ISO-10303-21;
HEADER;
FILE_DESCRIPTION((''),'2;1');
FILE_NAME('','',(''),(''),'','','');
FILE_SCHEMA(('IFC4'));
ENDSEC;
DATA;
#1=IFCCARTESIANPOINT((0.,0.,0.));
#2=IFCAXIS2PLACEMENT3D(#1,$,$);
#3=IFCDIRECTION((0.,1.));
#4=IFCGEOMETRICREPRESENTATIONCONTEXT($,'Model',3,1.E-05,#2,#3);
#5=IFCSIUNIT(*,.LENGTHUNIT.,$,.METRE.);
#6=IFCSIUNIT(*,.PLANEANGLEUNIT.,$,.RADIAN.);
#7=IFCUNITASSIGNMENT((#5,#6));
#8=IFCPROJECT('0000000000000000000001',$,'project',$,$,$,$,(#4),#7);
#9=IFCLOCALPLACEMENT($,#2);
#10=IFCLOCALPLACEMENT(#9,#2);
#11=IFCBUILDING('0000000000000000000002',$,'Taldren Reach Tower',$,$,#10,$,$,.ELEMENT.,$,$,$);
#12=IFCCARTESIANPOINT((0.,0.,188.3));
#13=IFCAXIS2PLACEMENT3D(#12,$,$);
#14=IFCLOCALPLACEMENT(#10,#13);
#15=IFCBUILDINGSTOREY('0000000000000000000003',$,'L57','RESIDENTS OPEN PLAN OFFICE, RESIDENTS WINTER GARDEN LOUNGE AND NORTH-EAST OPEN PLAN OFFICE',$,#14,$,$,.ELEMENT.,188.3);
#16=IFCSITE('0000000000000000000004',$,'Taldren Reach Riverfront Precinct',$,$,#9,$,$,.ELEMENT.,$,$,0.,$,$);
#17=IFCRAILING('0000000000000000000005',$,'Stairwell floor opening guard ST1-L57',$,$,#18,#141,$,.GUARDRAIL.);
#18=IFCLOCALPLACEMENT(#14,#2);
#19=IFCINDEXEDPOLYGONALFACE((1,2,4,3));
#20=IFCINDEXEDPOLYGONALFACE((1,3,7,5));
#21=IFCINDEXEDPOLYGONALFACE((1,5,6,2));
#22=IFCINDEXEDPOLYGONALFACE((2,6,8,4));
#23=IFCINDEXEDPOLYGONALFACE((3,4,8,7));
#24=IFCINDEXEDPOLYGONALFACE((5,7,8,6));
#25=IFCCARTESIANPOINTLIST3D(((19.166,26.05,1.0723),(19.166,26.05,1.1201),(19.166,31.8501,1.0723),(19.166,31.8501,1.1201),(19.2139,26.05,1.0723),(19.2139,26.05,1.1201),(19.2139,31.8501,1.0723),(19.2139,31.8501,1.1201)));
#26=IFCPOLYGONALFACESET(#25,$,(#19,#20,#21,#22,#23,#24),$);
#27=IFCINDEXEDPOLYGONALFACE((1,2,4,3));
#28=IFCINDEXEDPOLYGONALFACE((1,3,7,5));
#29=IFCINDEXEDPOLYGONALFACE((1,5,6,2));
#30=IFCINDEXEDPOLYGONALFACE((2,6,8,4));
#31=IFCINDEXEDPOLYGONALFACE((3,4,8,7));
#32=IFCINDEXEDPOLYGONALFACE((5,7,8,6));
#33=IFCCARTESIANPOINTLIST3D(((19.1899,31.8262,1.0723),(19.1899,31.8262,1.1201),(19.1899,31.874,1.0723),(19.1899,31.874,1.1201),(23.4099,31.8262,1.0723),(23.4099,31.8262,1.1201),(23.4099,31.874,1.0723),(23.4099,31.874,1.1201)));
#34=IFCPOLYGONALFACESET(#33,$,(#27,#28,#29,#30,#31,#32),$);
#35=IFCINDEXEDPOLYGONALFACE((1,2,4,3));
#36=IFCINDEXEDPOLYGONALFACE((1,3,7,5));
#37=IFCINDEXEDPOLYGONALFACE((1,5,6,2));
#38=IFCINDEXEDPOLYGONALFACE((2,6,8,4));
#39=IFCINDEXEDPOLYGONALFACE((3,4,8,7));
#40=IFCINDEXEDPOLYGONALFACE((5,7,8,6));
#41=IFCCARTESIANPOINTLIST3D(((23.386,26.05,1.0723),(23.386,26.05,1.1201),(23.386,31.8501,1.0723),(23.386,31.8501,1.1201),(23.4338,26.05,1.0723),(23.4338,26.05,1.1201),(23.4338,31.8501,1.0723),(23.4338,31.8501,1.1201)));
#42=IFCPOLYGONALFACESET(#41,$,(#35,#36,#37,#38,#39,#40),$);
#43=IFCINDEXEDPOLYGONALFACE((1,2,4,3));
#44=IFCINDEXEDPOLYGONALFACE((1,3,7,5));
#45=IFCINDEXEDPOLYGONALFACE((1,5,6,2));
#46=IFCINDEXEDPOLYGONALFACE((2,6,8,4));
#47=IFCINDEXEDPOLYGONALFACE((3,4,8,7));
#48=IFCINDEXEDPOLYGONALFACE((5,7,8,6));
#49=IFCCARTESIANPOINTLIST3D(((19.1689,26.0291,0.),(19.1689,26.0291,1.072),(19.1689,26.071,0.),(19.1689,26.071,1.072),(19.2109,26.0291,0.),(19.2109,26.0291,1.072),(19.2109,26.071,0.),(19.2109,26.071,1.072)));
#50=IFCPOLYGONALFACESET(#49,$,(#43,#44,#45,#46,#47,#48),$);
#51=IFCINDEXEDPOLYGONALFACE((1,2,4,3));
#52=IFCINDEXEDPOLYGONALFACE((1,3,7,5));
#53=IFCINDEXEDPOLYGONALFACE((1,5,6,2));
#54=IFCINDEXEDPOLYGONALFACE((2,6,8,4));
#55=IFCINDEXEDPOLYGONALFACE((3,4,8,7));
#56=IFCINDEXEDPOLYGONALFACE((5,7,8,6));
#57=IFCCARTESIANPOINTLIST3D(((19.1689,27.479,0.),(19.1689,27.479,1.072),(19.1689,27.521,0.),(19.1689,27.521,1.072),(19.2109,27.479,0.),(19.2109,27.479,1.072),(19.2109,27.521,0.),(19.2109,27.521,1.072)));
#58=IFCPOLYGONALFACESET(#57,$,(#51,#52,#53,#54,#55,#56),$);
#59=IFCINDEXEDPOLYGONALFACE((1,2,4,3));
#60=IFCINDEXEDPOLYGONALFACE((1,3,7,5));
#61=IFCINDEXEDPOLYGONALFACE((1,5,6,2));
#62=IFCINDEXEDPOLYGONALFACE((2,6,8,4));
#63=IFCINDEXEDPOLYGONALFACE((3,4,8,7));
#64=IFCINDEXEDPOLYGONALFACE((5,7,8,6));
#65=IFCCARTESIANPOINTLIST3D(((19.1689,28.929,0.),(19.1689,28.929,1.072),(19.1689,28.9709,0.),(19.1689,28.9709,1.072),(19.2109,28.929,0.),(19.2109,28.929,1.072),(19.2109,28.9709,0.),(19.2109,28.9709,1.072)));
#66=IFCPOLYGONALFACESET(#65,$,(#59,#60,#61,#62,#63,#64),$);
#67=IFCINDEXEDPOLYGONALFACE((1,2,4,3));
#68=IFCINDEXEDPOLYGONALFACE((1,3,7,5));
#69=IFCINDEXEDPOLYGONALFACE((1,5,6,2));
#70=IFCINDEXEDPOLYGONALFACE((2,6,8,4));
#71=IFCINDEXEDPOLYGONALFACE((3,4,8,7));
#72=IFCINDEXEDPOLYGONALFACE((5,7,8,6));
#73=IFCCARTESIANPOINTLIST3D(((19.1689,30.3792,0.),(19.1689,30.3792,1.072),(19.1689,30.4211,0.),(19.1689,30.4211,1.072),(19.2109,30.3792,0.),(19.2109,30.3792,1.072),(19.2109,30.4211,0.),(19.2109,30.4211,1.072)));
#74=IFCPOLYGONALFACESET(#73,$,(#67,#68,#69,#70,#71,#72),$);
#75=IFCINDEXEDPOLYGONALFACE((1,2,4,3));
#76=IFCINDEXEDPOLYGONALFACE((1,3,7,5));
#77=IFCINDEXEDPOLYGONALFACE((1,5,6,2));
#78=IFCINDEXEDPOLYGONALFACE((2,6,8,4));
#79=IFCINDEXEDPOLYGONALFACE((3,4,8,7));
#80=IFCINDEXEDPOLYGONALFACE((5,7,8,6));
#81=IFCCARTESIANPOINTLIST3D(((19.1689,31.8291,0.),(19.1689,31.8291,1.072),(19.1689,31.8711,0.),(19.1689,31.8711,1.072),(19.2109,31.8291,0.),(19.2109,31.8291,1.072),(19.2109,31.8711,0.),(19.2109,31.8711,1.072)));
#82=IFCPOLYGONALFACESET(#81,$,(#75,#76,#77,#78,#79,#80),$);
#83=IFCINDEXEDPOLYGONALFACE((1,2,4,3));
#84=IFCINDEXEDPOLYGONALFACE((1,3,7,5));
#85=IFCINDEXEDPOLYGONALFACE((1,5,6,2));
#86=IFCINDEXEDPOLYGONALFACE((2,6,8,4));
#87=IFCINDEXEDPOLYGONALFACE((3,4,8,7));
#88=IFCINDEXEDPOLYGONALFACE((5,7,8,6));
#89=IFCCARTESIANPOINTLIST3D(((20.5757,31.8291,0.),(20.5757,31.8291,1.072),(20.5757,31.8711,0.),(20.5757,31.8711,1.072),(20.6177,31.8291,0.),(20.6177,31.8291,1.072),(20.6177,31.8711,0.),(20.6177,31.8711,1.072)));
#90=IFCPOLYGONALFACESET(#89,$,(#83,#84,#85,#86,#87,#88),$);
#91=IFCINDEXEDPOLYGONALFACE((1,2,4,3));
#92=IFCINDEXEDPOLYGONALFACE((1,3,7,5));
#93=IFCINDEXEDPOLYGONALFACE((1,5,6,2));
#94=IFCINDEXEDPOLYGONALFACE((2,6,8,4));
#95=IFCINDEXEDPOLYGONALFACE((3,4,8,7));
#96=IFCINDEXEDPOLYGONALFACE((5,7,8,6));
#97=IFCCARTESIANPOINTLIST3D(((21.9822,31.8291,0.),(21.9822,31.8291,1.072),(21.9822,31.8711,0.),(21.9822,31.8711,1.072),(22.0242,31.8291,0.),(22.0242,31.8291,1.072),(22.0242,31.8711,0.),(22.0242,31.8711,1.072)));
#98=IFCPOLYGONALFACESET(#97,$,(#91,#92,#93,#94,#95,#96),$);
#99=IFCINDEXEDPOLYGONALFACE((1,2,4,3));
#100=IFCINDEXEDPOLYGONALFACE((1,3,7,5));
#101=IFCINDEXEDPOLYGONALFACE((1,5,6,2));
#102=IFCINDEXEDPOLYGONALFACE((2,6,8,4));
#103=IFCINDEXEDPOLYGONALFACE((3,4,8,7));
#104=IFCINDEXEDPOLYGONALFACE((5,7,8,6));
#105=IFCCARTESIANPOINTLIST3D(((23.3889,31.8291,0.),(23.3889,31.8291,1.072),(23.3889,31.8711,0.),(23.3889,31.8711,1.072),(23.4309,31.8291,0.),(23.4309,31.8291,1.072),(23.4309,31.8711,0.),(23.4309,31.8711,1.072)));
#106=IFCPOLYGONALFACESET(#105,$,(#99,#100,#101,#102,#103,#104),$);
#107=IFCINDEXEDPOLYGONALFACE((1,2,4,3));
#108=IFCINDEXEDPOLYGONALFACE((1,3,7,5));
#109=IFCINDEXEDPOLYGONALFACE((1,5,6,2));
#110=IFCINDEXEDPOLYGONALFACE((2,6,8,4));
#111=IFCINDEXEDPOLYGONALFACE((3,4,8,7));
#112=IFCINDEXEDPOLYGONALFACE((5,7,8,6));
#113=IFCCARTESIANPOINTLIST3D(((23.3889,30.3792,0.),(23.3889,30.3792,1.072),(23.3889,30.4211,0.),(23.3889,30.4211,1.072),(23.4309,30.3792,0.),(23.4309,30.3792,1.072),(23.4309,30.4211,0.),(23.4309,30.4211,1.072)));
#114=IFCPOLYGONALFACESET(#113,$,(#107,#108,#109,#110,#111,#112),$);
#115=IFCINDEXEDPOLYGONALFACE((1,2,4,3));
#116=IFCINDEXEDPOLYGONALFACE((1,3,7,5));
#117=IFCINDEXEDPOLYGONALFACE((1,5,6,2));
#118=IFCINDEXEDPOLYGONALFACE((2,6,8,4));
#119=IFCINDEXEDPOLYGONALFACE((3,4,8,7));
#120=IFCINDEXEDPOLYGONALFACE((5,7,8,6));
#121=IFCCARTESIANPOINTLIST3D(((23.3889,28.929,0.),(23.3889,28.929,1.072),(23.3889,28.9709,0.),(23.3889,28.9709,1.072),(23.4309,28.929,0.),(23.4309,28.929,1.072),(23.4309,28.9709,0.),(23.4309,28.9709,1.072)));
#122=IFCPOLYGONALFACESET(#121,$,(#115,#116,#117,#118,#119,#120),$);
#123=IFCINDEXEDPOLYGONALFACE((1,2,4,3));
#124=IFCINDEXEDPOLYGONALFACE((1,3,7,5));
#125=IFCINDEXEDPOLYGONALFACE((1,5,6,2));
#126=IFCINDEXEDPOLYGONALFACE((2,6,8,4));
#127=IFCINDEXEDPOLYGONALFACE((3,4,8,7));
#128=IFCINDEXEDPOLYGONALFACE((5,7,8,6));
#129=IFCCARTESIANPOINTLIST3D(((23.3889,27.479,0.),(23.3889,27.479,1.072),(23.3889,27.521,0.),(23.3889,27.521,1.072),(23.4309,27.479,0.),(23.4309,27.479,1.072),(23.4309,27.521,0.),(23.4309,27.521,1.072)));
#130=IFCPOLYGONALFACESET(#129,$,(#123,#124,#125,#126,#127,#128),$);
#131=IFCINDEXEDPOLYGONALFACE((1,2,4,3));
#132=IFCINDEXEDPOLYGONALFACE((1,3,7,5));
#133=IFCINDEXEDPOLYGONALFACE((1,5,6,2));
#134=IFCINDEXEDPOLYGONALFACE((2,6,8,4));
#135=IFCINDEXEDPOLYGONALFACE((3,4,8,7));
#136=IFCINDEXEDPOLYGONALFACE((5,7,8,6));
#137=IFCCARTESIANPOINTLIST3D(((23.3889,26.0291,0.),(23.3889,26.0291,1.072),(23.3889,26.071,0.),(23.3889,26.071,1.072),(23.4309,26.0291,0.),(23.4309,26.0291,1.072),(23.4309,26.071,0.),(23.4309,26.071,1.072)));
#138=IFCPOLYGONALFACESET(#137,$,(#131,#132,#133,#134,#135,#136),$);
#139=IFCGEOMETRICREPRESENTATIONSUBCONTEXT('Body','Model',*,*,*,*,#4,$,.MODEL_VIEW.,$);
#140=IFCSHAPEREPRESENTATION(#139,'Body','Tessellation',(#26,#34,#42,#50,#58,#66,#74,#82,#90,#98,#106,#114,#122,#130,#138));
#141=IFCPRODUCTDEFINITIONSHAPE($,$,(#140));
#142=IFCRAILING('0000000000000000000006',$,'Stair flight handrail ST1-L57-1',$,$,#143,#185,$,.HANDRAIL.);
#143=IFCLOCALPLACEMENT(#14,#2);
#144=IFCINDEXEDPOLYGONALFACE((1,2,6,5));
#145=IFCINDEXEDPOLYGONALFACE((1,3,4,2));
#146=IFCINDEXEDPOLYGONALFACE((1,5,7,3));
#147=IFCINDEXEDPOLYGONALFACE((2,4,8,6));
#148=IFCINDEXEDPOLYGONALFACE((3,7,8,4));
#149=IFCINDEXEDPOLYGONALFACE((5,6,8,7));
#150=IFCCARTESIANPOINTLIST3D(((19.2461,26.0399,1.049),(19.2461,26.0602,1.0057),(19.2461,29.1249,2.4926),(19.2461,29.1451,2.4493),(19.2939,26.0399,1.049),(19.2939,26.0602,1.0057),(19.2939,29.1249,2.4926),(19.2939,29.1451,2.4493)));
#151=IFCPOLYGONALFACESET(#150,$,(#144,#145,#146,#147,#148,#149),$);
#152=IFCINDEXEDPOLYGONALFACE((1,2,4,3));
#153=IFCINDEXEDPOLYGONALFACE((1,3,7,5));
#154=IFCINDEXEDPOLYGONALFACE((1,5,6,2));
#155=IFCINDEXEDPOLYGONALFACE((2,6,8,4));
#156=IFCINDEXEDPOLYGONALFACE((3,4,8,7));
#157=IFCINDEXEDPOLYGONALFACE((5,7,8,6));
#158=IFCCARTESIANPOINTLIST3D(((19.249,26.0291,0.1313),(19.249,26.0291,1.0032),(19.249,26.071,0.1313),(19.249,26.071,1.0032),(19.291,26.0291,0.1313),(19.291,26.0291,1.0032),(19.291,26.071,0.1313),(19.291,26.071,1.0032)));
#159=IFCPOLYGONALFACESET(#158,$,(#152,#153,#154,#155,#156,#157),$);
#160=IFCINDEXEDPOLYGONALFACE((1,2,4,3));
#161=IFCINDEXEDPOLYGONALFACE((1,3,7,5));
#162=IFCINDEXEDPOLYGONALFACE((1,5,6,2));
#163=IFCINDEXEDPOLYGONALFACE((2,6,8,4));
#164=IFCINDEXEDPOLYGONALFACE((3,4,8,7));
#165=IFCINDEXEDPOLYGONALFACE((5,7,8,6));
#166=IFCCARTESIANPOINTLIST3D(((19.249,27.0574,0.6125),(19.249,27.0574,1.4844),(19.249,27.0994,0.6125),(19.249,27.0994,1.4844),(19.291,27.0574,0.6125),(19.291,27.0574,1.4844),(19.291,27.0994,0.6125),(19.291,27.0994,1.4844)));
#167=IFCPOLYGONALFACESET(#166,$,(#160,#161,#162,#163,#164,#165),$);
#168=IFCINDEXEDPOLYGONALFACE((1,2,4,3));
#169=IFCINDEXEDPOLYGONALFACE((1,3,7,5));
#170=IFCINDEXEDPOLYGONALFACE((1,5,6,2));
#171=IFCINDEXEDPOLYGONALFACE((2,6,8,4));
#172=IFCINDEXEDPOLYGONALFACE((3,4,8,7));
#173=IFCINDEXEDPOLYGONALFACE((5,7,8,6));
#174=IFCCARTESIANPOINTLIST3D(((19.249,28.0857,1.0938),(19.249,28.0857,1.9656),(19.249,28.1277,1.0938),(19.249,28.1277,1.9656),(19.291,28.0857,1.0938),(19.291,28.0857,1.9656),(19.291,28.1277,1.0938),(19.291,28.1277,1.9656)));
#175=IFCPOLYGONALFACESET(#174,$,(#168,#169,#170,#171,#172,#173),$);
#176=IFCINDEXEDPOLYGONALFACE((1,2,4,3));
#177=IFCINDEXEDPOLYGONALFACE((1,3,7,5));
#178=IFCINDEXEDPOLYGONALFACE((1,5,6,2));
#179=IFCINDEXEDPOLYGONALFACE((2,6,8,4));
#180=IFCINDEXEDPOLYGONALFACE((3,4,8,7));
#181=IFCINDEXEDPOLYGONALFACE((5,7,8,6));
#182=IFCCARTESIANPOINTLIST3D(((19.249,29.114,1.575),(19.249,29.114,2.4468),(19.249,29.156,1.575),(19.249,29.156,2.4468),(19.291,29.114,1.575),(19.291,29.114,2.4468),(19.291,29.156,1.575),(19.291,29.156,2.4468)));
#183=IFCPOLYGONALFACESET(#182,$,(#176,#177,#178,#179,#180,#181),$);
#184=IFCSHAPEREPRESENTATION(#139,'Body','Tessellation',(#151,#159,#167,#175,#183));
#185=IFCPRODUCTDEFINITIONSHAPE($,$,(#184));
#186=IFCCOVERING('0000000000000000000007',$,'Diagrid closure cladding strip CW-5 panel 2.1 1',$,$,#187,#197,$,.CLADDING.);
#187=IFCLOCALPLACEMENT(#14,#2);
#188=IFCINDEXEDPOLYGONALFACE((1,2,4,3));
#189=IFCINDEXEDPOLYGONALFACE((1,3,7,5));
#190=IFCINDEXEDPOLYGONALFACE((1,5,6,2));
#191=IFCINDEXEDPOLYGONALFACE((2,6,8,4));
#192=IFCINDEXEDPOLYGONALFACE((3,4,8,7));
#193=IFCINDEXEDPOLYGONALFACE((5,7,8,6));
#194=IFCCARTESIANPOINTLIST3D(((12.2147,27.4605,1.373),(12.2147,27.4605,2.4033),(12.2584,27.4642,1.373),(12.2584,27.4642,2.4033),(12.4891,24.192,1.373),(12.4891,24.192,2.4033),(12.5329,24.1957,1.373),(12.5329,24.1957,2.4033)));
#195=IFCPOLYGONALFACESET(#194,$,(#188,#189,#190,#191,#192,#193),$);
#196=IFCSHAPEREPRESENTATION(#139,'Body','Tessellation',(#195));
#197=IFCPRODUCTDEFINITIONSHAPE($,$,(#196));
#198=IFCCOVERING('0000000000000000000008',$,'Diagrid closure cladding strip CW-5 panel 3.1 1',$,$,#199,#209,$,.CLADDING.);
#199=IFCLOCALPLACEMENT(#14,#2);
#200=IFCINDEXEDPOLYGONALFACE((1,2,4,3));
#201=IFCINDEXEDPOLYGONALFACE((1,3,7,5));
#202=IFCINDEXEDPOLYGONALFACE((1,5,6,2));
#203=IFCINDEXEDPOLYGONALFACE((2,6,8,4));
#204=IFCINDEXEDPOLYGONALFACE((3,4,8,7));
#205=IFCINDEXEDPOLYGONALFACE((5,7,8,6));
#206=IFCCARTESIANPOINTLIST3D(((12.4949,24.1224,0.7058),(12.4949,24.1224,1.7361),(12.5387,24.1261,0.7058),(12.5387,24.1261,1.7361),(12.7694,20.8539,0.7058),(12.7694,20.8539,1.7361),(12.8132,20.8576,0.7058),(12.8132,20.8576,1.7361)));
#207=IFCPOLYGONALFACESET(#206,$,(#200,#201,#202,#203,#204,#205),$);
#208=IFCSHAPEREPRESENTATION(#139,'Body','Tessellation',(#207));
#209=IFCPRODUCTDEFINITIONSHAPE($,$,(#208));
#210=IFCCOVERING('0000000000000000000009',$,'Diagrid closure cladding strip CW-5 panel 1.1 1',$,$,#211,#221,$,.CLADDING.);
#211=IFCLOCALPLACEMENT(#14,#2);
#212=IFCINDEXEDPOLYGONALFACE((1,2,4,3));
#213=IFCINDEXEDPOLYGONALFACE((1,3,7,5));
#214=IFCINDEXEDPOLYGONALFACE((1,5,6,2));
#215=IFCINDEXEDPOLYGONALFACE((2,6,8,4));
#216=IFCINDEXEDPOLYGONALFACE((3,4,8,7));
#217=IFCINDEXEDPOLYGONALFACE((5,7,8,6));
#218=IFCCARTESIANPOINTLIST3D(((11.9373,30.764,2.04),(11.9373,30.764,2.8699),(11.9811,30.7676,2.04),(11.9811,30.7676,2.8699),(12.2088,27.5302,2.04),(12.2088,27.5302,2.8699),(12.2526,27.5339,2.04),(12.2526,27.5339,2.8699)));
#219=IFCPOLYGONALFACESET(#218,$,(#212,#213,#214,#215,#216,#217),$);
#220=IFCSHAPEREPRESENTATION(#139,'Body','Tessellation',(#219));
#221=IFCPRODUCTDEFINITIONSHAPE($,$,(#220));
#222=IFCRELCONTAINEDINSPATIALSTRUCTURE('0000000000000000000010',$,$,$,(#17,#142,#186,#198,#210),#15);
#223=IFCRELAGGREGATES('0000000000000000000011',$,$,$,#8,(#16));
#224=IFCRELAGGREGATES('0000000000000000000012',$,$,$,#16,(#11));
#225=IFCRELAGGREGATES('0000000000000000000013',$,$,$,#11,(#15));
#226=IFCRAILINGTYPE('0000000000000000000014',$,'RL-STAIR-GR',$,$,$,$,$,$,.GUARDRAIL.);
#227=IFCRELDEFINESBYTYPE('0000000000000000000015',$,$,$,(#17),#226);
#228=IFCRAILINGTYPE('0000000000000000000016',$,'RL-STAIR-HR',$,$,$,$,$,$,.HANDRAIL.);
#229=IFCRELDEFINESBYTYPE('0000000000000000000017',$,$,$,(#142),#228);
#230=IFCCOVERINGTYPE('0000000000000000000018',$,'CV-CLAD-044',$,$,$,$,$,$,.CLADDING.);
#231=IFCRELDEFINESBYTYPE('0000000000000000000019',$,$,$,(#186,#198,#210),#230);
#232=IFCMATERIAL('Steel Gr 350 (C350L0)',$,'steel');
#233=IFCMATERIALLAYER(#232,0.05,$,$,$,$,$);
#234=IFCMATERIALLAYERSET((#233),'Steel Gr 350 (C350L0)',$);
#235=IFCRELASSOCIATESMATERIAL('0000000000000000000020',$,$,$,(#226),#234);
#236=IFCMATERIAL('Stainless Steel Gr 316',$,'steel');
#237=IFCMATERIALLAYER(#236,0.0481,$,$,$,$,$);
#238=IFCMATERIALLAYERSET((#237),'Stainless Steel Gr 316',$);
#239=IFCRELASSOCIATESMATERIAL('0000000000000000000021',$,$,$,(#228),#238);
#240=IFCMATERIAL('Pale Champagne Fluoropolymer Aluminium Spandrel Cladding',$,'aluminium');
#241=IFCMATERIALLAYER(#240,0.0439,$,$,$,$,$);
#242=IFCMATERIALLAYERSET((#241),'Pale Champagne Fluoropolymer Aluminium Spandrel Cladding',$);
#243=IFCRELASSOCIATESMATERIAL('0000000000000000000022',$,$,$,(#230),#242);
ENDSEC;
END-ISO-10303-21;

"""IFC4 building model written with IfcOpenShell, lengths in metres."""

from ifc_helpers import new_model, si_unit, direction, frame, origin, origin_2d, place, context, subcontext, project, spatial, rectangle, extrude, source, transform, mapped, material, layer, layer_set, type_object, element, save


model = new_model("IFC4")

# Units and contexts
model_context = context("Model", 3, precision=1e-05, world=origin(), true_north=direction((0.0, 1.0)))
body_context = subcontext(model_context, "Body", "Model", "MODEL_VIEW")
ifc_project = project(units=[si_unit("LENGTHUNIT", "METRE"), si_unit("PLANEANGLEUNIT", "RADIAN")], contexts=[model_context])

# Site, building, storey
site_placement = place(None, origin())
site = spatial("IfcSite", under=ifc_project, at=site_placement, Name="Taldren Reach Riverfront Precinct", CompositionType="ELEMENT", RefElevation=0.0)
building_placement = place(site_placement, origin())
building = spatial("IfcBuilding", under=site, at=building_placement, Name="Taldren Reach Tower", CompositionType="ELEMENT")
storey_placement = place(building_placement, frame((0.0, 0.0, 188.3)))
storey = spatial("IfcBuildingStorey", under=building, at=storey_placement, Name="L57", Description="RESIDENTS OPEN PLAN OFFICE, RESIDENTS WINTER GARDEN LOUNGE AND NORTH-EAST OPEN PLAN OFFICE", CompositionType="ELEMENT", Elevation=188.3)

# Shared definitions
ifc_material_1 = material(Name="Steel Gr 350 (C350L0)", Category="steel")

# Railings
ifc_layer_1 = layer(ifc_material_1, 0.05)
ifc_layer_set_1 = layer_set([ifc_layer_1], Name="Steel Gr 350 (C350L0)")
railing_type_1 = type_object("IfcRailingType", Name="RL-STAIR-GR", PredefinedType="GUARDRAIL", material=ifc_layer_set_1)
railing_1_placement = place(storey_placement, frame((19.1899, 26.05, 0.0)))
element("IfcRailing", 1, at=railing_1_placement, inside=storey, type_object=railing_type_1, Name="Stairwell floor opening guard ST1-L57", PredefinedType="GUARDRAIL", context=body_context, shape_type="SweptSolid", body=[
    extrude(rectangle(XDim=0.0479, YDim=0.0479, at=origin_2d()), frame((0.0, 0.0, 1.0962), z_axis=(0.0, 1.0, 0.0), x_axis=(-1.0, 0.0, 0.0)), (0.0, 0.0, 1.0), 5.8),
    extrude(rectangle(XDim=0.0479, YDim=0.0479, at=origin_2d()), frame((0.0, 5.8, 1.0962), z_axis=(1.0, 0.0, 0.0), x_axis=(0.0, 1.0, 0.0)), (0.0, 0.0, 1.0), 4.22),
    extrude(rectangle(XDim=0.0479, YDim=0.0479, at=origin_2d()), frame((4.22, 5.8, 1.0962), z_axis=(0.0, -1.0, 0.0), x_axis=(1.0, 0.0, 0.0)), (0.0, 0.0, 1.0), 5.8),
    extrude(rectangle(XDim=0.042, YDim=0.042, at=origin_2d()), origin(), (0.0, 0.0, 1.0), 1.072),
    extrude(rectangle(XDim=0.042, YDim=0.042, at=origin_2d()), frame((0.0, 1.45, 0.0)), (0.0, 0.0, 1.0), 1.072),
    extrude(rectangle(XDim=0.042, YDim=0.042, at=origin_2d()), frame((0.0, 2.8999, 0.0)), (0.0, 0.0, 1.0), 1.072),
    extrude(rectangle(XDim=0.042, YDim=0.042, at=origin_2d()), frame((0.0, 4.3501, 0.0)), (0.0, 0.0, 1.0), 1.072),
    extrude(rectangle(XDim=0.042, YDim=0.042, at=origin_2d()), frame((0.0, 5.8, 0.0)), (0.0, 0.0, 1.0), 1.072),
    extrude(rectangle(XDim=0.042, YDim=0.042, at=origin_2d()), frame((1.4067, 5.8, 0.0)), (0.0, 0.0, 1.0), 1.072),
    extrude(rectangle(XDim=0.042, YDim=0.042, at=origin_2d()), frame((2.8132, 5.8, 0.0)), (0.0, 0.0, 1.0), 1.072),
    extrude(rectangle(XDim=0.042, YDim=0.042, at=origin_2d()), frame((4.22, 5.8, 0.0)), (0.0, 0.0, 1.0), 1.072),
    extrude(rectangle(XDim=0.042, YDim=0.042, at=origin_2d()), frame((4.22, 4.3501, 0.0)), (0.0, 0.0, 1.0), 1.072),
    extrude(rectangle(XDim=0.042, YDim=0.042, at=origin_2d()), frame((4.22, 2.8999, 0.0)), (0.0, 0.0, 1.0), 1.072),
    extrude(rectangle(XDim=0.042, YDim=0.042, at=origin_2d()), frame((4.22, 1.45, 0.0)), (0.0, 0.0, 1.0), 1.072),
    extrude(rectangle(XDim=0.042, YDim=0.042, at=origin_2d()), frame((4.22, 0.0, 0.0)), (0.0, 0.0, 1.0), 1.072),
])
ifc_material_2 = material(Name="Stainless Steel Gr 316", Category="steel")
ifc_layer_2 = layer(ifc_material_2, 0.0481)
ifc_layer_set_2 = layer_set([ifc_layer_2], Name="Stainless Steel Gr 316")
railing_type_2 = type_object("IfcRailingType", Name="RL-STAIR-HR", PredefinedType="HANDRAIL", material=ifc_layer_set_2)
railing_2_placement = place(storey_placement, frame((19.27, 26.05, 0.1313)))
element("IfcRailing", 2, at=railing_2_placement, inside=storey, type_object=railing_type_2, Name="Stair flight handrail ST1-L57-1", PredefinedType="HANDRAIL", context=body_context, shape_type="SweptSolid", body=[
    extrude(rectangle(XDim=0.0479, YDim=0.0479, at=origin_2d()), frame((0.0, 0.0, 0.896), z_axis=(0.0, 0.905738, 0.423839), x_axis=(-1.0, 0.0, 0.0)), (0.0, 0.0, 1.0), 3.406),
    extrude(rectangle(XDim=0.042, YDim=0.042, at=origin_2d()), origin(), (0.0, 0.0, 1.0), 0.8718),
    extrude(rectangle(XDim=0.042, YDim=0.042, at=origin_2d()), frame((0.0, 1.0283, 0.4812)), (0.0, 0.0, 1.0), 0.8718),
    extrude(rectangle(XDim=0.042, YDim=0.042, at=origin_2d()), frame((0.0, 2.0566, 0.9624)), (0.0, 0.0, 1.0), 0.8718),
    extrude(rectangle(XDim=0.042, YDim=0.042, at=origin_2d()), frame((0.0, 3.085, 1.4436)), (0.0, 0.0, 1.0), 0.8718),
])

# Coverings
ifc_material_3 = material(Name="Pale Champagne Fluoropolymer Aluminium Spandrel Cladding", Category="aluminium")
ifc_layer_3 = layer(ifc_material_3, 0.0439)
ifc_layer_set_3 = layer_set([ifc_layer_3], Name="Pale Champagne Fluoropolymer Aluminium Spandrel Cladding")
covering_type = type_object("IfcCoveringType", Name="CV-CLAD-044", PredefinedType="CLADDING", material=ifc_layer_set_3)
shared_shape_1 = source(origin(), body_context, "Body", "SweptSolid", [
    extrude(rectangle(XDim=3.28, YDim=0.0439, at=origin_2d()), origin(), (0.0, 0.0, 1.0), 1.0303),
])
for number, where, z_axis, x_axis, name in (
    (3, (12.3738, 25.8281, 1.373), (0.0, 0.0, 1.0), (0.083678, -0.996493, 0.0), "Diagrid closure cladding strip CW-5 panel 2.1 1"),
    (4, (12.6541, 22.49, 0.7058), (0.0, 0.0, 1.0), (0.083678, -0.996493, 0.0), "Diagrid closure cladding strip CW-5 panel 3.1 1"),
):
    element("IfcCovering", number, at=place(storey_placement, frame(where, z_axis=z_axis, x_axis=x_axis)), inside=storey, type_object=covering_type, Name=name, PredefinedType="CLADDING", context=body_context, shape_type="MappedRepresentation", body=[
        mapped(shared_shape_1, transform((0.0, 0.0, 0.0), scale=1.0)),
    ])
shared_shape_2 = source(origin(), body_context, "Body", "SweptSolid", [
    extrude(rectangle(XDim=3.2451, YDim=0.0439, at=origin_2d()), origin(), (0.0, 0.0, 1.0), 0.8298),
])
covering_placement = place(storey_placement, frame((12.095, 29.1489, 2.04), z_axis=(0.0, 0.0, 1.0), x_axis=(0.083678, -0.996493, 0.0)))
element("IfcCovering", 5, at=covering_placement, inside=storey, type_object=covering_type, Name="Diagrid closure cladding strip CW-5 panel 1.1 1", PredefinedType="CLADDING", context=body_context, shape_type="MappedRepresentation", body=[
    mapped(shared_shape_2, transform((0.0, 0.0, 0.0), scale=1.0)),
])

save(model, "model.ifc")
